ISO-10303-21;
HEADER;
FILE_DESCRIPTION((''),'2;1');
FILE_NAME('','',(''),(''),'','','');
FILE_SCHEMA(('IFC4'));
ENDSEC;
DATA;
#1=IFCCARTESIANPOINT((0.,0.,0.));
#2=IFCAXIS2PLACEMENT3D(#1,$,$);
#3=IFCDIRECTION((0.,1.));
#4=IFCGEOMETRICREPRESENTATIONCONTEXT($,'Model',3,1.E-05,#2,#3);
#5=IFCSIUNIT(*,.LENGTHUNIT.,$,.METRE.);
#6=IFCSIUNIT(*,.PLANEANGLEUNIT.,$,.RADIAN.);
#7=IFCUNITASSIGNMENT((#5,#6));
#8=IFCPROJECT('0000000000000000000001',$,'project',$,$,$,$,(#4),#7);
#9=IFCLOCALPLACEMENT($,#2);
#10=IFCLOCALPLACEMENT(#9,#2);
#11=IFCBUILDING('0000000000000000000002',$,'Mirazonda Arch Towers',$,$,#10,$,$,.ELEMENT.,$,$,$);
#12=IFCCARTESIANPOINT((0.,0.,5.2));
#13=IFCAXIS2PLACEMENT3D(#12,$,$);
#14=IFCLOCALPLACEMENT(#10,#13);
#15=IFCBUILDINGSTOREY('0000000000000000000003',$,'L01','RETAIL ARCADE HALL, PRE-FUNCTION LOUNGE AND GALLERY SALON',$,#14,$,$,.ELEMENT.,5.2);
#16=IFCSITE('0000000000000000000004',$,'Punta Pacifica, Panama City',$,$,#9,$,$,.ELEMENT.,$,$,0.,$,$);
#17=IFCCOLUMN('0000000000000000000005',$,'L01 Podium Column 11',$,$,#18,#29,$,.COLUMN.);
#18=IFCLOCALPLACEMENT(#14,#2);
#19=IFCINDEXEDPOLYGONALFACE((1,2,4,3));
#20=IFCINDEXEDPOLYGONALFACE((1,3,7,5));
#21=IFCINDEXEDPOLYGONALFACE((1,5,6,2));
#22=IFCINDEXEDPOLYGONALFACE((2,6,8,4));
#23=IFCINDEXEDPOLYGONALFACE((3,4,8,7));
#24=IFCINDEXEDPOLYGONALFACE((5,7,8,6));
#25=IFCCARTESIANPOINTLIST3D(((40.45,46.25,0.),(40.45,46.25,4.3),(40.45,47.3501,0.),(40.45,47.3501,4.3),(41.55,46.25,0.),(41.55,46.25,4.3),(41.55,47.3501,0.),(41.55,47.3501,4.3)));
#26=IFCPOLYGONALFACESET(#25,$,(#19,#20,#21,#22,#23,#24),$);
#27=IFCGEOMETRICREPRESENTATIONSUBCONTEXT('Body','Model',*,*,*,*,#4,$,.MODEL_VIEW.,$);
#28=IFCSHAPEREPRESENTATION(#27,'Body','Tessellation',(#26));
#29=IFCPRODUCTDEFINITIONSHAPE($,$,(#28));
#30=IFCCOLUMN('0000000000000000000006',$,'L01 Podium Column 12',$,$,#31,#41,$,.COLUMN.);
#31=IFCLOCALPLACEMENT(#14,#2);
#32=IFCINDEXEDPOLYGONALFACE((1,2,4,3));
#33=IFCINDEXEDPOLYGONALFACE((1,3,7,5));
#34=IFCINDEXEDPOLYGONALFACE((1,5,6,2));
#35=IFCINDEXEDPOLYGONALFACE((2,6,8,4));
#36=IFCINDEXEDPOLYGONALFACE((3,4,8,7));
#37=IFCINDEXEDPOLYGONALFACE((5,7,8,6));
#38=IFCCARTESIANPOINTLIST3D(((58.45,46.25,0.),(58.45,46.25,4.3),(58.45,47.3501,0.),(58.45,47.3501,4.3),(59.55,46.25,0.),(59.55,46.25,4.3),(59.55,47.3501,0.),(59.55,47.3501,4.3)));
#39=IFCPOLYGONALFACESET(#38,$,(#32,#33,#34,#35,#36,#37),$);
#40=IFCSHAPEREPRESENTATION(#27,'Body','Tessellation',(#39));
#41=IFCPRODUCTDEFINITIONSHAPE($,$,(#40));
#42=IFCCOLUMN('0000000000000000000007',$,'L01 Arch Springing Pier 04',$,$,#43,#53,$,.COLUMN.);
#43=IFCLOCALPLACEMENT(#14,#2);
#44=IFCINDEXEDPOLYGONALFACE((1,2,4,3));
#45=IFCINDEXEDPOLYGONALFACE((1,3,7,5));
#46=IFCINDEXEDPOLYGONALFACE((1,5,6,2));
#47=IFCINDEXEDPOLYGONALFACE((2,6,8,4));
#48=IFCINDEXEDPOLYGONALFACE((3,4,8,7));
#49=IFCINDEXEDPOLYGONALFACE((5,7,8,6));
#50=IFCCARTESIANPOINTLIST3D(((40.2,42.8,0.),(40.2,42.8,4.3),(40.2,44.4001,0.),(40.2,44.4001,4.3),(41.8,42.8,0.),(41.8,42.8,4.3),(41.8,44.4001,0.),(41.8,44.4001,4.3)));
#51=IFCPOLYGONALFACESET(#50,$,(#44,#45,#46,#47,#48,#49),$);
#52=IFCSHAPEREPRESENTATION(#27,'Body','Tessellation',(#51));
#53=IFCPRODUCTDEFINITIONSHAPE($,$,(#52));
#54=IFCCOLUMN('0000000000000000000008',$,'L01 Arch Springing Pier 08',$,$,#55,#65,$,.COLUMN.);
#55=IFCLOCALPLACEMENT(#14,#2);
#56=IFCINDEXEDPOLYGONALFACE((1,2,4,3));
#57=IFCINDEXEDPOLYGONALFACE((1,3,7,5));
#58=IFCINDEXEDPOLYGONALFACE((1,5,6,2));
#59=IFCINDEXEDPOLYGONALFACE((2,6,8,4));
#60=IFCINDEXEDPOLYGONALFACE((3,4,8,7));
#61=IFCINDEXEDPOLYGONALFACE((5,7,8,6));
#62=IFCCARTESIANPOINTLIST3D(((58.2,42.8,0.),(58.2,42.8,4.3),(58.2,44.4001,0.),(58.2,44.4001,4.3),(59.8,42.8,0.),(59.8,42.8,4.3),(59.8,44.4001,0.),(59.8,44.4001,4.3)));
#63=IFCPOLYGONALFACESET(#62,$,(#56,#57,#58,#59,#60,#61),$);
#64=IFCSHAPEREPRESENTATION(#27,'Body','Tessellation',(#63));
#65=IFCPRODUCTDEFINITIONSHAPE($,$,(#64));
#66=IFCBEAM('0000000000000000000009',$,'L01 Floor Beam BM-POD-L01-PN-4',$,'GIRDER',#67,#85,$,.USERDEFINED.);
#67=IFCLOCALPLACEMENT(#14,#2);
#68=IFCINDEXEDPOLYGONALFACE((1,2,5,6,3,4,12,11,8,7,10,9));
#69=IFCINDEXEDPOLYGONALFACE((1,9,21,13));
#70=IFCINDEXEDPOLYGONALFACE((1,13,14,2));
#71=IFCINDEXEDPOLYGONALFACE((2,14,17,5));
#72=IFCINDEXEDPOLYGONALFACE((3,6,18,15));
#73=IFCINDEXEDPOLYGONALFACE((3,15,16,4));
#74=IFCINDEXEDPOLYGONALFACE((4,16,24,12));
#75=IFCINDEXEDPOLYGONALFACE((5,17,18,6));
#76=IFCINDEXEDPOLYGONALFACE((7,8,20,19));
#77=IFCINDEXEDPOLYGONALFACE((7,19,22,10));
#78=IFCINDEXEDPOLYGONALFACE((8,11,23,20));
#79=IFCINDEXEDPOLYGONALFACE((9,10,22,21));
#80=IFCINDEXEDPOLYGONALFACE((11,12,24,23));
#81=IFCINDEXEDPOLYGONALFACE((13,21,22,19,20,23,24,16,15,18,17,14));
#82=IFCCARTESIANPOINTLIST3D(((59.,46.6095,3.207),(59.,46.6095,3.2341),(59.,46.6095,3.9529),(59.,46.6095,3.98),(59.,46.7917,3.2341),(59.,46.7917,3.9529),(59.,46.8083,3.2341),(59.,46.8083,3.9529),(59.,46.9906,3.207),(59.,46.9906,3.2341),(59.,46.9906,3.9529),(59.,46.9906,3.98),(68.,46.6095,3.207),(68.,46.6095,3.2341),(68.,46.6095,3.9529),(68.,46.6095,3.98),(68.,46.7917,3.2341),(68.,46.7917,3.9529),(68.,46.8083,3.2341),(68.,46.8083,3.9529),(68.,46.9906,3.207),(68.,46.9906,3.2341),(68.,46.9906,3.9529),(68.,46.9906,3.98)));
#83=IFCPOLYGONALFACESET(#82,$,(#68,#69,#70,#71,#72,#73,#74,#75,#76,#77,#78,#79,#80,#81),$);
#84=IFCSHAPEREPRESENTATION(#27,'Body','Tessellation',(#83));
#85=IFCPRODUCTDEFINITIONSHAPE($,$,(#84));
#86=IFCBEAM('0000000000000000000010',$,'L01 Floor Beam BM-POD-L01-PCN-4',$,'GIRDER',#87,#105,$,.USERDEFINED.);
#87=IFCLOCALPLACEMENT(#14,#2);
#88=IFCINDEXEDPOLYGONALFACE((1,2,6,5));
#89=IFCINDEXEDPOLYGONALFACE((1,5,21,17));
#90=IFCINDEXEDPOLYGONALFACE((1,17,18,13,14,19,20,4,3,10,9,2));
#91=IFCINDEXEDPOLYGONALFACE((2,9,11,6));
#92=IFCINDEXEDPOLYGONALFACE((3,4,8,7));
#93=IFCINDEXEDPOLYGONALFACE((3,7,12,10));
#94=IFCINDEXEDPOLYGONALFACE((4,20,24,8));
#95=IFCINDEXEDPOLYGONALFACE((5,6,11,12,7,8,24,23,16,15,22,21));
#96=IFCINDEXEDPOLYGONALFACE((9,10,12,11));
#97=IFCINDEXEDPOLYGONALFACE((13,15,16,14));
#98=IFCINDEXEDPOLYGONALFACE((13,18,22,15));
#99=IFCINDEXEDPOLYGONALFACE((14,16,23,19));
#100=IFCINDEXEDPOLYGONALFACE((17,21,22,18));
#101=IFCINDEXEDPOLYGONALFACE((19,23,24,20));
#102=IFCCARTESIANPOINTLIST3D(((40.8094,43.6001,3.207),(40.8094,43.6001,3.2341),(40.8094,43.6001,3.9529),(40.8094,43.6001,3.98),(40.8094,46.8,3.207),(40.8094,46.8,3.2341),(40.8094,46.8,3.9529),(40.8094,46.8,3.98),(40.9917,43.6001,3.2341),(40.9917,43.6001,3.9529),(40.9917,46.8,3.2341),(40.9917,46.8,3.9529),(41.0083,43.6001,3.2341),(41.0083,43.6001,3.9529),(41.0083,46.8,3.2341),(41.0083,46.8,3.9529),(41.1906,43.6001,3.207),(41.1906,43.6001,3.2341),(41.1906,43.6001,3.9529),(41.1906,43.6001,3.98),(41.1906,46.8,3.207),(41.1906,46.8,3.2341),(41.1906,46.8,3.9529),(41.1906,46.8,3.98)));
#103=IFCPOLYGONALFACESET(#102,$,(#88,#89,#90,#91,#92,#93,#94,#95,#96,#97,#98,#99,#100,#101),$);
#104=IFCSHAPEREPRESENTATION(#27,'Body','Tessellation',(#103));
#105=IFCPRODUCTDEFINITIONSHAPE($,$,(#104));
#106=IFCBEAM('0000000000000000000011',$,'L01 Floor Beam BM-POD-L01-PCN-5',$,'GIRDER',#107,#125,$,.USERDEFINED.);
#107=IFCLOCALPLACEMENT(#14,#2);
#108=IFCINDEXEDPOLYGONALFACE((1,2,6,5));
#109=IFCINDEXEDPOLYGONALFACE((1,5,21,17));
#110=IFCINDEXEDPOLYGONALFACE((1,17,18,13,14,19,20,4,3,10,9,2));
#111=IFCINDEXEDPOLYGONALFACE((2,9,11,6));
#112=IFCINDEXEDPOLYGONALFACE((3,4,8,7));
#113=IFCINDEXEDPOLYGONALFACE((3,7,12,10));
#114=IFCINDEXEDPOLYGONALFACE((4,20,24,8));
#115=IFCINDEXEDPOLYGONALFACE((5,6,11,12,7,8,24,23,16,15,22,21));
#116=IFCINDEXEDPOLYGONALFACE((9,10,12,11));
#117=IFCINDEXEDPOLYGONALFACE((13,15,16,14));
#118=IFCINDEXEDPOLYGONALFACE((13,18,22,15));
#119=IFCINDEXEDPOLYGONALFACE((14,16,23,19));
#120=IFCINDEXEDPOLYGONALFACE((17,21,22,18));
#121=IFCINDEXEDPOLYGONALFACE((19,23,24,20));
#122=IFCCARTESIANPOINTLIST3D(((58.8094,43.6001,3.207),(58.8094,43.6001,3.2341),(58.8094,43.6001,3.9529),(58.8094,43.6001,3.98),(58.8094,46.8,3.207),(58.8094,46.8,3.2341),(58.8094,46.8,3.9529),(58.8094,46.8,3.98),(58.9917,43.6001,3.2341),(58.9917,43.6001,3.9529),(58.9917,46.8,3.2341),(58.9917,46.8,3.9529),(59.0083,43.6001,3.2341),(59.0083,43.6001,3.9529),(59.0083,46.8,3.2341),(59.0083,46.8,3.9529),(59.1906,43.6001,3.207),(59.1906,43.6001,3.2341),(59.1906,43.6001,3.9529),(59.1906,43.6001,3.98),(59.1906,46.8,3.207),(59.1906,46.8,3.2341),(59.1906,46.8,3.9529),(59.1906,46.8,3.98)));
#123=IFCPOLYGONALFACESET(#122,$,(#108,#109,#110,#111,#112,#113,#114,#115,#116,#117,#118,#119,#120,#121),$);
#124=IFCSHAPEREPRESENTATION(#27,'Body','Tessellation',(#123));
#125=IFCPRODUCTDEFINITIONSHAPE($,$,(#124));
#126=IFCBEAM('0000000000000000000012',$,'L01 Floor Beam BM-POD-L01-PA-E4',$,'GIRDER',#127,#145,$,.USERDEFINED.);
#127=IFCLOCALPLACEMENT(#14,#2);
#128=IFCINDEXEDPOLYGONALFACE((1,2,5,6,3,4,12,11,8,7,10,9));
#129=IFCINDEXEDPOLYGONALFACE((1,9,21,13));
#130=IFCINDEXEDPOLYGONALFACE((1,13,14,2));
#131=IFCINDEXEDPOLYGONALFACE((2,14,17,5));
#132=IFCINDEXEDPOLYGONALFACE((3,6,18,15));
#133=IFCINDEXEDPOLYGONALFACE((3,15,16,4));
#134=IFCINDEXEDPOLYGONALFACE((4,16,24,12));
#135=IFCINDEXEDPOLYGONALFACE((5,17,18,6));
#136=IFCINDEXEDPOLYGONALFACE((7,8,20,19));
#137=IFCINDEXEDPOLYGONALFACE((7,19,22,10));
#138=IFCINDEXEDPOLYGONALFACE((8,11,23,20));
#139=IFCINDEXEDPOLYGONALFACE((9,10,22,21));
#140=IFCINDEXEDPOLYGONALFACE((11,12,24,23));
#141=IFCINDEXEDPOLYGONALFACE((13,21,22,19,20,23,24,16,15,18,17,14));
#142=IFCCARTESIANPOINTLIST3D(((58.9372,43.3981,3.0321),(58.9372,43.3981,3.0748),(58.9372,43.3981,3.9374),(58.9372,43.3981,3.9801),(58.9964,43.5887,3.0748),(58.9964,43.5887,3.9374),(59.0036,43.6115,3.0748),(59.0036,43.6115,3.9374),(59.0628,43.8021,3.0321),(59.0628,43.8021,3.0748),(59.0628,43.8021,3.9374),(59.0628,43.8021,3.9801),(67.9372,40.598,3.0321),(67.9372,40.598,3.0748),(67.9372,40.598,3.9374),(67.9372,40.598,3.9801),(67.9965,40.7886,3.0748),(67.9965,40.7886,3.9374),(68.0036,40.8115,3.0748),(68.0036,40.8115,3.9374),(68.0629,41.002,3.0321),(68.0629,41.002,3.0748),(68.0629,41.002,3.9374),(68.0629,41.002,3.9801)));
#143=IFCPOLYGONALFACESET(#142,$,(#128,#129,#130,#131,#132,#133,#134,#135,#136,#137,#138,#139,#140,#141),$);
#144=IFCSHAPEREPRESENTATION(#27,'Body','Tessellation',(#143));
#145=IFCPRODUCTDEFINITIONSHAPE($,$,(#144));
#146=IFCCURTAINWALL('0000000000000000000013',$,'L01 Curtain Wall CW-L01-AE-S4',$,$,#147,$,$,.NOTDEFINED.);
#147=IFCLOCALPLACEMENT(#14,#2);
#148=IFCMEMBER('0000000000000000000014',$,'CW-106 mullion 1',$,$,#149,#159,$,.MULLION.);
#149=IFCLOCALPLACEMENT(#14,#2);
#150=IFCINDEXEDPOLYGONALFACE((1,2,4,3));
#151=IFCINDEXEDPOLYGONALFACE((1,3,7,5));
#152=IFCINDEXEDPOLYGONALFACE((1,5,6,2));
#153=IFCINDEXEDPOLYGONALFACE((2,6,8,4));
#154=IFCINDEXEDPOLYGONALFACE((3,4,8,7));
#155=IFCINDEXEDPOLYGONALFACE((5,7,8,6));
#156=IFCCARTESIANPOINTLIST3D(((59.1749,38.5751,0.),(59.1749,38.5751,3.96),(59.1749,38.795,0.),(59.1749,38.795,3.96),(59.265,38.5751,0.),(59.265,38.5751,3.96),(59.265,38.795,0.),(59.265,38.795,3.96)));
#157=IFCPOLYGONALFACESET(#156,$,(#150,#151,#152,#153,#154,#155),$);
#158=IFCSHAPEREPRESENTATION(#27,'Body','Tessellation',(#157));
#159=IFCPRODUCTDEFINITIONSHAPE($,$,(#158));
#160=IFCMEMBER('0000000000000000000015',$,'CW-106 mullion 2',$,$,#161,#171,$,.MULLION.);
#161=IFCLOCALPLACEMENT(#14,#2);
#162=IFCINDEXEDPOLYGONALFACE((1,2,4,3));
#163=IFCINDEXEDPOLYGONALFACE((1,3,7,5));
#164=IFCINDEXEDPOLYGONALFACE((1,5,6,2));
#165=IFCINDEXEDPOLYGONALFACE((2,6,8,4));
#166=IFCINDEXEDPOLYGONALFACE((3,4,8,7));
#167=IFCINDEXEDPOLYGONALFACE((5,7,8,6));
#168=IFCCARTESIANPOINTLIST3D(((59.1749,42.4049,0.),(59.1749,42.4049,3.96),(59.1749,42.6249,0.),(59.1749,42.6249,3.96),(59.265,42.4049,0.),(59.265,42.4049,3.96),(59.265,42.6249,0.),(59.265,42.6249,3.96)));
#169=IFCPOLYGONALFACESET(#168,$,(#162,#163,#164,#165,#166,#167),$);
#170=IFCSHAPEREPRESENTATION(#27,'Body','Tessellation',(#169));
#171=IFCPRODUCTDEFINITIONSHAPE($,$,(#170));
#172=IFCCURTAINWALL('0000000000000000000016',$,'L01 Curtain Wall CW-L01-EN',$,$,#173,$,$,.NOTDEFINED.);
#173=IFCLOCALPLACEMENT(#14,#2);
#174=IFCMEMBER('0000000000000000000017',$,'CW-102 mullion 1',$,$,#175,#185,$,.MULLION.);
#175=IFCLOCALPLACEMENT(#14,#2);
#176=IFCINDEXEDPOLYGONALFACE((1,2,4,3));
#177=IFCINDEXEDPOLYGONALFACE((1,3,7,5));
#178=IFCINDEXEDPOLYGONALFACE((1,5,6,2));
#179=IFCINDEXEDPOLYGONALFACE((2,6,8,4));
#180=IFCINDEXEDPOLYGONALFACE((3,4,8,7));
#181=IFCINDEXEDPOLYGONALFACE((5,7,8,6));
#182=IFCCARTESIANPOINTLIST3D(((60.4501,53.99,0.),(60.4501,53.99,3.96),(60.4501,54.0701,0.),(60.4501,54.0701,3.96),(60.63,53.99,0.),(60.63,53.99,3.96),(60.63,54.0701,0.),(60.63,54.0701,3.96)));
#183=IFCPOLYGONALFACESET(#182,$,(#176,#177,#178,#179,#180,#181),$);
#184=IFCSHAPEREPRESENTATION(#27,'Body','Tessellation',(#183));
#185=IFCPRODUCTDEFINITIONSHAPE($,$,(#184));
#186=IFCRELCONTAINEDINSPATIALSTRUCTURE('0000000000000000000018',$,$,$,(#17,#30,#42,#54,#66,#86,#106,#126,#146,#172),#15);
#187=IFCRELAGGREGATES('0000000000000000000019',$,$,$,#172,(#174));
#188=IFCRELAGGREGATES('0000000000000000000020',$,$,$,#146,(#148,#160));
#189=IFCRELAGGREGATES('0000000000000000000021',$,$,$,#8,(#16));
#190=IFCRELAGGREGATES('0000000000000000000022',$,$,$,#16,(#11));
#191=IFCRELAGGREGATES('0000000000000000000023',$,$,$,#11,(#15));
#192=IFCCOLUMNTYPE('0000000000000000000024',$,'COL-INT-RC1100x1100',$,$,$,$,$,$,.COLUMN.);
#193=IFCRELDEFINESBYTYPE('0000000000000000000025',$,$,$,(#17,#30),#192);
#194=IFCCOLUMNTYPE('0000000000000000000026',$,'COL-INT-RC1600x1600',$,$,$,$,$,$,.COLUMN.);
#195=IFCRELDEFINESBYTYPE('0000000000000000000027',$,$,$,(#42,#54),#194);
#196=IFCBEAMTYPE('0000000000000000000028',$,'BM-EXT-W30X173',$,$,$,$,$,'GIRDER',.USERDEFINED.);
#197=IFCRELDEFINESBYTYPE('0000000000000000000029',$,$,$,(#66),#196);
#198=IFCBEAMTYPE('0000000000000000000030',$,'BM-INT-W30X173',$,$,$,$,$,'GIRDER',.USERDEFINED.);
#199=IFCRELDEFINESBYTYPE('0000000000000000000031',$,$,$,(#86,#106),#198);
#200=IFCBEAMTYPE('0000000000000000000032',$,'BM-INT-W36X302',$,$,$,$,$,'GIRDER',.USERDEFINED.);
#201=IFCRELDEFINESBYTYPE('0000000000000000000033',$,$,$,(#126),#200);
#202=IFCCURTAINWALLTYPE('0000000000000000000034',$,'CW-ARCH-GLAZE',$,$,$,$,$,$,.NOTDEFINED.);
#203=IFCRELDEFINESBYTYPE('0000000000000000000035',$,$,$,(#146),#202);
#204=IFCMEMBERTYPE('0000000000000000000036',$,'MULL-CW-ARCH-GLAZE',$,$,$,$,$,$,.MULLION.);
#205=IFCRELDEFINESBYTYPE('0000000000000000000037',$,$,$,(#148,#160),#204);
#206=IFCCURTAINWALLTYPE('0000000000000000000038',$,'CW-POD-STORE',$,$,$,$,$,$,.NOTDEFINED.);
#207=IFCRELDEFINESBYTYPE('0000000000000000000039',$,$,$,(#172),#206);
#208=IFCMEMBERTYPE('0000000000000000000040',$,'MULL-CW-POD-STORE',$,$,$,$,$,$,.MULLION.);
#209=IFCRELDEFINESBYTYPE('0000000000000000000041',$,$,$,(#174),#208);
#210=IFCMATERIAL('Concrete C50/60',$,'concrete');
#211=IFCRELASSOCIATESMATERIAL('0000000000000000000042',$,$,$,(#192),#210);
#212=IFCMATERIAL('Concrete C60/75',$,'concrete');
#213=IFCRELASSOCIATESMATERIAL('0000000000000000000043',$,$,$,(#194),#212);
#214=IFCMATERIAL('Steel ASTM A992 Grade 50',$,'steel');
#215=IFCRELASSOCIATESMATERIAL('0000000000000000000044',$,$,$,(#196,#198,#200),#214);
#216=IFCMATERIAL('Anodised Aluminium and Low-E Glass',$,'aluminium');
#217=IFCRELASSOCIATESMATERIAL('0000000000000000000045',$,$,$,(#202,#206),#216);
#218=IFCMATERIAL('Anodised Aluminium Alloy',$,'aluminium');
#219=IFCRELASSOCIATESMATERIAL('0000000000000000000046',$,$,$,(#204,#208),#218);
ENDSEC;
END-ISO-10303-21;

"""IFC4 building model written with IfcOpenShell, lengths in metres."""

from ifc_helpers import new_model, si_unit, direction, frame, origin, origin_2d, place, context, subcontext, project, spatial, rectangle, i_section, extrude, material, material_profile, profile_set, type_object, element, aggregate, save


model = new_model("IFC4")

# Units and contexts
model_context = context("Model", 3, precision=1e-05, world=origin(), true_north=direction((0.0, 1.0)))
body_context = subcontext(model_context, "Body", "Model", "MODEL_VIEW")
ifc_project = project(units=[si_unit("LENGTHUNIT", "METRE"), si_unit("PLANEANGLEUNIT", "RADIAN")], contexts=[model_context])

# Site, building, storey
site_placement = place(None, origin())
site = spatial("IfcSite", under=ifc_project, at=site_placement, Name="Punta Pacifica, Panama City", CompositionType="ELEMENT", RefElevation=0.0)
building_placement = place(site_placement, origin())
building = spatial("IfcBuilding", under=site, at=building_placement, Name="Mirazonda Arch Towers", CompositionType="ELEMENT")
storey_placement = place(building_placement, frame((0.0, 0.0, 5.2)))
storey = spatial("IfcBuildingStorey", under=building, at=storey_placement, Name="L01", Description="RETAIL ARCADE HALL, PRE-FUNCTION LOUNGE AND GALLERY SALON", CompositionType="ELEMENT", Elevation=5.2)

# Columns
ifc_material_1 = material(Name="Concrete C50/60", Category="concrete")
ifc_material_profile_1 = material_profile(ifc_material_1, rectangle(XDim=1.1001, YDim=1.1001, at=origin_2d()), Name="RC1100x1100")
ifc_profile_set_1 = profile_set([ifc_material_profile_1], Name="Concrete C50/60")
column_type_1 = type_object("IfcColumnType", Name="COL-INT-RC1100x1100", PredefinedType="COLUMN", material=ifc_profile_set_1)
for number, where, z_axis, x_axis, name in (
    (1, (41.0, 46.8, 0.0), (0.0, 0.0, 1.0), (1.0, 0.0, 0.0), "L01 Podium Column 11"),
    (2, (59.0, 46.8, 0.0), (0.0, 0.0, 1.0), (1.0, 0.0, 0.0), "L01 Podium Column 12"),
):
    element("IfcColumn", number, at=place(storey_placement, frame(where, z_axis=z_axis, x_axis=x_axis)), inside=storey, type_object=column_type_1, Name=name, PredefinedType="COLUMN", context=body_context, shape_type="SweptSolid", body=[
        extrude(rectangle(XDim=1.1001, YDim=1.1001, at=origin_2d()), origin(), (0.0, 0.0, 1.0), 4.3),
    ])
ifc_material_2 = material(Name="Concrete C60/75", Category="concrete")
ifc_material_profile_2 = material_profile(ifc_material_2, rectangle(XDim=1.6001, YDim=1.6001, at=origin_2d()), Name="RC1600x1600")
ifc_profile_set_2 = profile_set([ifc_material_profile_2], Name="Concrete C60/75")
column_type_2 = type_object("IfcColumnType", Name="COL-INT-RC1600x1600", PredefinedType="COLUMN", material=ifc_profile_set_2)
for number, where, z_axis, x_axis, name in (
    (3, (41.0, 43.6001, 0.0), (0.0, 0.0, 1.0), (1.0, 0.0, 0.0), "L01 Arch Springing Pier 04"),
    (4, (59.0, 43.6001, 0.0), (0.0, 0.0, 1.0), (1.0, 0.0, 0.0), "L01 Arch Springing Pier 08"),
):
    element("IfcColumn", number, at=place(storey_placement, frame(where, z_axis=z_axis, x_axis=x_axis)), inside=storey, type_object=column_type_2, Name=name, PredefinedType="COLUMN", context=body_context, shape_type="SweptSolid", body=[
        extrude(rectangle(XDim=1.6001, YDim=1.6001, at=origin_2d()), origin(), (0.0, 0.0, 1.0), 4.3),
    ])

# Beams
ifc_material_3 = material(Name="Steel ASTM A992 Grade 50", Category="steel")
ifc_material_profile_3 = material_profile(ifc_material_3, i_section(OverallWidth=0.3811, OverallDepth=0.7729, WebThickness=0.0166, FlangeThickness=0.0271, at=origin_2d()), Name="W30X173")
ifc_profile_set_3 = profile_set([ifc_material_profile_3], Name="Steel ASTM A992 Grade 50")
beam_type_1 = type_object("IfcBeamType", Name="BM-EXT-W30X173", ElementType="GIRDER", PredefinedType="USERDEFINED", material=ifc_profile_set_3)
beam_1_placement = place(storey_placement, frame((59.0, 46.8, 3.5935), z_axis=(1.0, 0.0, 0.0), x_axis=(0.0, 1.0, 0.0)))
element("IfcBeam", 5, at=beam_1_placement, inside=storey, type_object=beam_type_1, Name="L01 Floor Beam BM-POD-L01-PN-4", ObjectType="GIRDER", PredefinedType="USERDEFINED", context=body_context, shape_type="SweptSolid", body=[
    extrude(i_section(OverallWidth=0.3811, OverallDepth=0.7729, WebThickness=0.0166, FlangeThickness=0.0271, at=origin_2d()), origin(), (0.0, 0.0, 1.0), 9.0),
])
ifc_material_profile_4 = material_profile(ifc_material_3, i_section(OverallWidth=0.3811, OverallDepth=0.7729, WebThickness=0.0166, FlangeThickness=0.0271, at=origin_2d()), Name="W30X173")
ifc_profile_set_4 = profile_set([ifc_material_profile_4], Name="Steel ASTM A992 Grade 50")
beam_type_2 = type_object("IfcBeamType", Name="BM-INT-W30X173", ElementType="GIRDER", PredefinedType="USERDEFINED", material=ifc_profile_set_4)
for number, where, z_axis, x_axis, name in (
    (6, (41.0, 43.6001, 3.5935), (0.0, 1.0, 0.0), (-1.0, 0.0, 0.0), "L01 Floor Beam BM-POD-L01-PCN-4"),
    (7, (59.0, 43.6001, 3.5935), (0.0, 1.0, 0.0), (-1.0, 0.0, 0.0), "L01 Floor Beam BM-POD-L01-PCN-5"),
):
    element("IfcBeam", number, at=place(storey_placement, frame(where, z_axis=z_axis, x_axis=x_axis)), inside=storey, type_object=beam_type_2, Name=name, ObjectType="GIRDER", PredefinedType="USERDEFINED", context=body_context, shape_type="SweptSolid", body=[
        extrude(i_section(OverallWidth=0.3811, OverallDepth=0.7729, WebThickness=0.0166, FlangeThickness=0.0271, at=origin_2d()), origin(), (0.0, 0.0, 1.0), 3.2),
    ])
ifc_material_profile_5 = material_profile(ifc_material_3, i_section(OverallWidth=0.4231, OverallDepth=0.948, WebThickness=0.0239, FlangeThickness=0.0427, at=origin_2d()), Name="W36X302")
ifc_profile_set_5 = profile_set([ifc_material_profile_5], Name="Steel ASTM A992 Grade 50")
beam_type_3 = type_object("IfcBeamType", Name="BM-INT-W36X302", ElementType="GIRDER", PredefinedType="USERDEFINED", material=ifc_profile_set_5)
beam_2_placement = place(storey_placement, frame((59.0, 43.6001, 3.5061), z_axis=(0.954855, -0.297071, 0.0), x_axis=(0.297071, 0.954855, 0.0)))
element("IfcBeam", 8, at=beam_2_placement, inside=storey, type_object=beam_type_3, Name="L01 Floor Beam BM-POD-L01-PA-E4", ObjectType="GIRDER", PredefinedType="USERDEFINED", context=body_context, shape_type="SweptSolid", body=[
    extrude(i_section(OverallWidth=0.4231, OverallDepth=0.948, WebThickness=0.0239, FlangeThickness=0.0427, at=origin_2d()), origin(), (0.0, 0.0, 1.0), 9.4255),
])

# Curtain wall, members
ifc_material_4 = material(Name="Anodised Aluminium and Low-E Glass", Category="aluminium")
curtain_wall_type_1 = type_object("IfcCurtainWallType", Name="CW-ARCH-GLAZE", PredefinedType="NOTDEFINED", material=ifc_material_4)
curtain_wall_1_placement = place(storey_placement, origin())
curtain_wall_1 = element("IfcCurtainWall", 9, at=curtain_wall_1_placement, inside=storey, type_object=curtain_wall_type_1, Name="L01 Curtain Wall CW-L01-AE-S4", PredefinedType="NOTDEFINED")
ifc_material_5 = material(Name="Anodised Aluminium Alloy", Category="aluminium")
ifc_material_profile_6 = material_profile(ifc_material_5, rectangle(XDim=0.0901, YDim=0.22, at=origin_2d()), Name="ALU-MULL-90x220")
ifc_profile_set_6 = profile_set([ifc_material_profile_6], Name="Anodised Aluminium Alloy")
member_type_1 = type_object("IfcMemberType", Name="MULL-CW-ARCH-GLAZE", PredefinedType="MULLION", material=ifc_profile_set_6)
member_1_placement = place(storey_placement, frame((59.22, 38.6851, 0.0), z_axis=(0.0, 0.0, 1.0), x_axis=(-1.0, 0.0, 0.0)))
member_1 = element("IfcMember", 10, at=member_1_placement, type_object=member_type_1, Name="CW-106 mullion 1", PredefinedType="MULLION", context=body_context, shape_type="SweptSolid", body=[
    extrude(rectangle(XDim=0.0901, YDim=0.22, at=origin_2d()), origin(), (0.0, 0.0, 1.0), 3.96),
])
member_2_placement = place(storey_placement, frame((59.22, 42.5149, 0.0), z_axis=(0.0, 0.0, 1.0), x_axis=(-1.0, 0.0, 0.0)))
member_2 = element("IfcMember", 11, at=member_2_placement, type_object=member_type_1, Name="CW-106 mullion 2", PredefinedType="MULLION", context=body_context, shape_type="SweptSolid", body=[
    extrude(rectangle(XDim=0.0901, YDim=0.22, at=origin_2d()), origin(), (0.0, 0.0, 1.0), 3.96),
])

# Curtain wall, member
curtain_wall_type_2 = type_object("IfcCurtainWallType", Name="CW-POD-STORE", PredefinedType="NOTDEFINED", material=ifc_material_4)
curtain_wall_2_placement = place(storey_placement, origin())
curtain_wall_2 = element("IfcCurtainWall", 12, at=curtain_wall_2_placement, inside=storey, type_object=curtain_wall_type_2, Name="L01 Curtain Wall CW-L01-EN", PredefinedType="NOTDEFINED")
ifc_material_profile_7 = material_profile(ifc_material_5, rectangle(XDim=0.0801, YDim=0.1799, at=origin_2d()), Name="ALU-MULL-80x180")
ifc_profile_set_7 = profile_set([ifc_material_profile_7], Name="Anodised Aluminium Alloy")
member_type_2 = type_object("IfcMemberType", Name="MULL-CW-POD-STORE", PredefinedType="MULLION", material=ifc_profile_set_7)
member_3_placement = place(storey_placement, frame((60.54, 54.03, 0.0), z_axis=(0.0, 0.0, 1.0), x_axis=(0.0, 1.0, 0.0)))
member_3 = element("IfcMember", 13, at=member_3_placement, type_object=member_type_2, Name="CW-102 mullion 1", PredefinedType="MULLION", context=body_context, shape_type="SweptSolid", body=[
    extrude(rectangle(XDim=0.0801, YDim=0.1799, at=origin_2d()), origin(), (0.0, 0.0, 1.0), 3.96),
])

aggregate(curtain_wall_2, [member_3])

aggregate(curtain_wall_1, [member_1, member_2])

save(model, "model.ifc")
